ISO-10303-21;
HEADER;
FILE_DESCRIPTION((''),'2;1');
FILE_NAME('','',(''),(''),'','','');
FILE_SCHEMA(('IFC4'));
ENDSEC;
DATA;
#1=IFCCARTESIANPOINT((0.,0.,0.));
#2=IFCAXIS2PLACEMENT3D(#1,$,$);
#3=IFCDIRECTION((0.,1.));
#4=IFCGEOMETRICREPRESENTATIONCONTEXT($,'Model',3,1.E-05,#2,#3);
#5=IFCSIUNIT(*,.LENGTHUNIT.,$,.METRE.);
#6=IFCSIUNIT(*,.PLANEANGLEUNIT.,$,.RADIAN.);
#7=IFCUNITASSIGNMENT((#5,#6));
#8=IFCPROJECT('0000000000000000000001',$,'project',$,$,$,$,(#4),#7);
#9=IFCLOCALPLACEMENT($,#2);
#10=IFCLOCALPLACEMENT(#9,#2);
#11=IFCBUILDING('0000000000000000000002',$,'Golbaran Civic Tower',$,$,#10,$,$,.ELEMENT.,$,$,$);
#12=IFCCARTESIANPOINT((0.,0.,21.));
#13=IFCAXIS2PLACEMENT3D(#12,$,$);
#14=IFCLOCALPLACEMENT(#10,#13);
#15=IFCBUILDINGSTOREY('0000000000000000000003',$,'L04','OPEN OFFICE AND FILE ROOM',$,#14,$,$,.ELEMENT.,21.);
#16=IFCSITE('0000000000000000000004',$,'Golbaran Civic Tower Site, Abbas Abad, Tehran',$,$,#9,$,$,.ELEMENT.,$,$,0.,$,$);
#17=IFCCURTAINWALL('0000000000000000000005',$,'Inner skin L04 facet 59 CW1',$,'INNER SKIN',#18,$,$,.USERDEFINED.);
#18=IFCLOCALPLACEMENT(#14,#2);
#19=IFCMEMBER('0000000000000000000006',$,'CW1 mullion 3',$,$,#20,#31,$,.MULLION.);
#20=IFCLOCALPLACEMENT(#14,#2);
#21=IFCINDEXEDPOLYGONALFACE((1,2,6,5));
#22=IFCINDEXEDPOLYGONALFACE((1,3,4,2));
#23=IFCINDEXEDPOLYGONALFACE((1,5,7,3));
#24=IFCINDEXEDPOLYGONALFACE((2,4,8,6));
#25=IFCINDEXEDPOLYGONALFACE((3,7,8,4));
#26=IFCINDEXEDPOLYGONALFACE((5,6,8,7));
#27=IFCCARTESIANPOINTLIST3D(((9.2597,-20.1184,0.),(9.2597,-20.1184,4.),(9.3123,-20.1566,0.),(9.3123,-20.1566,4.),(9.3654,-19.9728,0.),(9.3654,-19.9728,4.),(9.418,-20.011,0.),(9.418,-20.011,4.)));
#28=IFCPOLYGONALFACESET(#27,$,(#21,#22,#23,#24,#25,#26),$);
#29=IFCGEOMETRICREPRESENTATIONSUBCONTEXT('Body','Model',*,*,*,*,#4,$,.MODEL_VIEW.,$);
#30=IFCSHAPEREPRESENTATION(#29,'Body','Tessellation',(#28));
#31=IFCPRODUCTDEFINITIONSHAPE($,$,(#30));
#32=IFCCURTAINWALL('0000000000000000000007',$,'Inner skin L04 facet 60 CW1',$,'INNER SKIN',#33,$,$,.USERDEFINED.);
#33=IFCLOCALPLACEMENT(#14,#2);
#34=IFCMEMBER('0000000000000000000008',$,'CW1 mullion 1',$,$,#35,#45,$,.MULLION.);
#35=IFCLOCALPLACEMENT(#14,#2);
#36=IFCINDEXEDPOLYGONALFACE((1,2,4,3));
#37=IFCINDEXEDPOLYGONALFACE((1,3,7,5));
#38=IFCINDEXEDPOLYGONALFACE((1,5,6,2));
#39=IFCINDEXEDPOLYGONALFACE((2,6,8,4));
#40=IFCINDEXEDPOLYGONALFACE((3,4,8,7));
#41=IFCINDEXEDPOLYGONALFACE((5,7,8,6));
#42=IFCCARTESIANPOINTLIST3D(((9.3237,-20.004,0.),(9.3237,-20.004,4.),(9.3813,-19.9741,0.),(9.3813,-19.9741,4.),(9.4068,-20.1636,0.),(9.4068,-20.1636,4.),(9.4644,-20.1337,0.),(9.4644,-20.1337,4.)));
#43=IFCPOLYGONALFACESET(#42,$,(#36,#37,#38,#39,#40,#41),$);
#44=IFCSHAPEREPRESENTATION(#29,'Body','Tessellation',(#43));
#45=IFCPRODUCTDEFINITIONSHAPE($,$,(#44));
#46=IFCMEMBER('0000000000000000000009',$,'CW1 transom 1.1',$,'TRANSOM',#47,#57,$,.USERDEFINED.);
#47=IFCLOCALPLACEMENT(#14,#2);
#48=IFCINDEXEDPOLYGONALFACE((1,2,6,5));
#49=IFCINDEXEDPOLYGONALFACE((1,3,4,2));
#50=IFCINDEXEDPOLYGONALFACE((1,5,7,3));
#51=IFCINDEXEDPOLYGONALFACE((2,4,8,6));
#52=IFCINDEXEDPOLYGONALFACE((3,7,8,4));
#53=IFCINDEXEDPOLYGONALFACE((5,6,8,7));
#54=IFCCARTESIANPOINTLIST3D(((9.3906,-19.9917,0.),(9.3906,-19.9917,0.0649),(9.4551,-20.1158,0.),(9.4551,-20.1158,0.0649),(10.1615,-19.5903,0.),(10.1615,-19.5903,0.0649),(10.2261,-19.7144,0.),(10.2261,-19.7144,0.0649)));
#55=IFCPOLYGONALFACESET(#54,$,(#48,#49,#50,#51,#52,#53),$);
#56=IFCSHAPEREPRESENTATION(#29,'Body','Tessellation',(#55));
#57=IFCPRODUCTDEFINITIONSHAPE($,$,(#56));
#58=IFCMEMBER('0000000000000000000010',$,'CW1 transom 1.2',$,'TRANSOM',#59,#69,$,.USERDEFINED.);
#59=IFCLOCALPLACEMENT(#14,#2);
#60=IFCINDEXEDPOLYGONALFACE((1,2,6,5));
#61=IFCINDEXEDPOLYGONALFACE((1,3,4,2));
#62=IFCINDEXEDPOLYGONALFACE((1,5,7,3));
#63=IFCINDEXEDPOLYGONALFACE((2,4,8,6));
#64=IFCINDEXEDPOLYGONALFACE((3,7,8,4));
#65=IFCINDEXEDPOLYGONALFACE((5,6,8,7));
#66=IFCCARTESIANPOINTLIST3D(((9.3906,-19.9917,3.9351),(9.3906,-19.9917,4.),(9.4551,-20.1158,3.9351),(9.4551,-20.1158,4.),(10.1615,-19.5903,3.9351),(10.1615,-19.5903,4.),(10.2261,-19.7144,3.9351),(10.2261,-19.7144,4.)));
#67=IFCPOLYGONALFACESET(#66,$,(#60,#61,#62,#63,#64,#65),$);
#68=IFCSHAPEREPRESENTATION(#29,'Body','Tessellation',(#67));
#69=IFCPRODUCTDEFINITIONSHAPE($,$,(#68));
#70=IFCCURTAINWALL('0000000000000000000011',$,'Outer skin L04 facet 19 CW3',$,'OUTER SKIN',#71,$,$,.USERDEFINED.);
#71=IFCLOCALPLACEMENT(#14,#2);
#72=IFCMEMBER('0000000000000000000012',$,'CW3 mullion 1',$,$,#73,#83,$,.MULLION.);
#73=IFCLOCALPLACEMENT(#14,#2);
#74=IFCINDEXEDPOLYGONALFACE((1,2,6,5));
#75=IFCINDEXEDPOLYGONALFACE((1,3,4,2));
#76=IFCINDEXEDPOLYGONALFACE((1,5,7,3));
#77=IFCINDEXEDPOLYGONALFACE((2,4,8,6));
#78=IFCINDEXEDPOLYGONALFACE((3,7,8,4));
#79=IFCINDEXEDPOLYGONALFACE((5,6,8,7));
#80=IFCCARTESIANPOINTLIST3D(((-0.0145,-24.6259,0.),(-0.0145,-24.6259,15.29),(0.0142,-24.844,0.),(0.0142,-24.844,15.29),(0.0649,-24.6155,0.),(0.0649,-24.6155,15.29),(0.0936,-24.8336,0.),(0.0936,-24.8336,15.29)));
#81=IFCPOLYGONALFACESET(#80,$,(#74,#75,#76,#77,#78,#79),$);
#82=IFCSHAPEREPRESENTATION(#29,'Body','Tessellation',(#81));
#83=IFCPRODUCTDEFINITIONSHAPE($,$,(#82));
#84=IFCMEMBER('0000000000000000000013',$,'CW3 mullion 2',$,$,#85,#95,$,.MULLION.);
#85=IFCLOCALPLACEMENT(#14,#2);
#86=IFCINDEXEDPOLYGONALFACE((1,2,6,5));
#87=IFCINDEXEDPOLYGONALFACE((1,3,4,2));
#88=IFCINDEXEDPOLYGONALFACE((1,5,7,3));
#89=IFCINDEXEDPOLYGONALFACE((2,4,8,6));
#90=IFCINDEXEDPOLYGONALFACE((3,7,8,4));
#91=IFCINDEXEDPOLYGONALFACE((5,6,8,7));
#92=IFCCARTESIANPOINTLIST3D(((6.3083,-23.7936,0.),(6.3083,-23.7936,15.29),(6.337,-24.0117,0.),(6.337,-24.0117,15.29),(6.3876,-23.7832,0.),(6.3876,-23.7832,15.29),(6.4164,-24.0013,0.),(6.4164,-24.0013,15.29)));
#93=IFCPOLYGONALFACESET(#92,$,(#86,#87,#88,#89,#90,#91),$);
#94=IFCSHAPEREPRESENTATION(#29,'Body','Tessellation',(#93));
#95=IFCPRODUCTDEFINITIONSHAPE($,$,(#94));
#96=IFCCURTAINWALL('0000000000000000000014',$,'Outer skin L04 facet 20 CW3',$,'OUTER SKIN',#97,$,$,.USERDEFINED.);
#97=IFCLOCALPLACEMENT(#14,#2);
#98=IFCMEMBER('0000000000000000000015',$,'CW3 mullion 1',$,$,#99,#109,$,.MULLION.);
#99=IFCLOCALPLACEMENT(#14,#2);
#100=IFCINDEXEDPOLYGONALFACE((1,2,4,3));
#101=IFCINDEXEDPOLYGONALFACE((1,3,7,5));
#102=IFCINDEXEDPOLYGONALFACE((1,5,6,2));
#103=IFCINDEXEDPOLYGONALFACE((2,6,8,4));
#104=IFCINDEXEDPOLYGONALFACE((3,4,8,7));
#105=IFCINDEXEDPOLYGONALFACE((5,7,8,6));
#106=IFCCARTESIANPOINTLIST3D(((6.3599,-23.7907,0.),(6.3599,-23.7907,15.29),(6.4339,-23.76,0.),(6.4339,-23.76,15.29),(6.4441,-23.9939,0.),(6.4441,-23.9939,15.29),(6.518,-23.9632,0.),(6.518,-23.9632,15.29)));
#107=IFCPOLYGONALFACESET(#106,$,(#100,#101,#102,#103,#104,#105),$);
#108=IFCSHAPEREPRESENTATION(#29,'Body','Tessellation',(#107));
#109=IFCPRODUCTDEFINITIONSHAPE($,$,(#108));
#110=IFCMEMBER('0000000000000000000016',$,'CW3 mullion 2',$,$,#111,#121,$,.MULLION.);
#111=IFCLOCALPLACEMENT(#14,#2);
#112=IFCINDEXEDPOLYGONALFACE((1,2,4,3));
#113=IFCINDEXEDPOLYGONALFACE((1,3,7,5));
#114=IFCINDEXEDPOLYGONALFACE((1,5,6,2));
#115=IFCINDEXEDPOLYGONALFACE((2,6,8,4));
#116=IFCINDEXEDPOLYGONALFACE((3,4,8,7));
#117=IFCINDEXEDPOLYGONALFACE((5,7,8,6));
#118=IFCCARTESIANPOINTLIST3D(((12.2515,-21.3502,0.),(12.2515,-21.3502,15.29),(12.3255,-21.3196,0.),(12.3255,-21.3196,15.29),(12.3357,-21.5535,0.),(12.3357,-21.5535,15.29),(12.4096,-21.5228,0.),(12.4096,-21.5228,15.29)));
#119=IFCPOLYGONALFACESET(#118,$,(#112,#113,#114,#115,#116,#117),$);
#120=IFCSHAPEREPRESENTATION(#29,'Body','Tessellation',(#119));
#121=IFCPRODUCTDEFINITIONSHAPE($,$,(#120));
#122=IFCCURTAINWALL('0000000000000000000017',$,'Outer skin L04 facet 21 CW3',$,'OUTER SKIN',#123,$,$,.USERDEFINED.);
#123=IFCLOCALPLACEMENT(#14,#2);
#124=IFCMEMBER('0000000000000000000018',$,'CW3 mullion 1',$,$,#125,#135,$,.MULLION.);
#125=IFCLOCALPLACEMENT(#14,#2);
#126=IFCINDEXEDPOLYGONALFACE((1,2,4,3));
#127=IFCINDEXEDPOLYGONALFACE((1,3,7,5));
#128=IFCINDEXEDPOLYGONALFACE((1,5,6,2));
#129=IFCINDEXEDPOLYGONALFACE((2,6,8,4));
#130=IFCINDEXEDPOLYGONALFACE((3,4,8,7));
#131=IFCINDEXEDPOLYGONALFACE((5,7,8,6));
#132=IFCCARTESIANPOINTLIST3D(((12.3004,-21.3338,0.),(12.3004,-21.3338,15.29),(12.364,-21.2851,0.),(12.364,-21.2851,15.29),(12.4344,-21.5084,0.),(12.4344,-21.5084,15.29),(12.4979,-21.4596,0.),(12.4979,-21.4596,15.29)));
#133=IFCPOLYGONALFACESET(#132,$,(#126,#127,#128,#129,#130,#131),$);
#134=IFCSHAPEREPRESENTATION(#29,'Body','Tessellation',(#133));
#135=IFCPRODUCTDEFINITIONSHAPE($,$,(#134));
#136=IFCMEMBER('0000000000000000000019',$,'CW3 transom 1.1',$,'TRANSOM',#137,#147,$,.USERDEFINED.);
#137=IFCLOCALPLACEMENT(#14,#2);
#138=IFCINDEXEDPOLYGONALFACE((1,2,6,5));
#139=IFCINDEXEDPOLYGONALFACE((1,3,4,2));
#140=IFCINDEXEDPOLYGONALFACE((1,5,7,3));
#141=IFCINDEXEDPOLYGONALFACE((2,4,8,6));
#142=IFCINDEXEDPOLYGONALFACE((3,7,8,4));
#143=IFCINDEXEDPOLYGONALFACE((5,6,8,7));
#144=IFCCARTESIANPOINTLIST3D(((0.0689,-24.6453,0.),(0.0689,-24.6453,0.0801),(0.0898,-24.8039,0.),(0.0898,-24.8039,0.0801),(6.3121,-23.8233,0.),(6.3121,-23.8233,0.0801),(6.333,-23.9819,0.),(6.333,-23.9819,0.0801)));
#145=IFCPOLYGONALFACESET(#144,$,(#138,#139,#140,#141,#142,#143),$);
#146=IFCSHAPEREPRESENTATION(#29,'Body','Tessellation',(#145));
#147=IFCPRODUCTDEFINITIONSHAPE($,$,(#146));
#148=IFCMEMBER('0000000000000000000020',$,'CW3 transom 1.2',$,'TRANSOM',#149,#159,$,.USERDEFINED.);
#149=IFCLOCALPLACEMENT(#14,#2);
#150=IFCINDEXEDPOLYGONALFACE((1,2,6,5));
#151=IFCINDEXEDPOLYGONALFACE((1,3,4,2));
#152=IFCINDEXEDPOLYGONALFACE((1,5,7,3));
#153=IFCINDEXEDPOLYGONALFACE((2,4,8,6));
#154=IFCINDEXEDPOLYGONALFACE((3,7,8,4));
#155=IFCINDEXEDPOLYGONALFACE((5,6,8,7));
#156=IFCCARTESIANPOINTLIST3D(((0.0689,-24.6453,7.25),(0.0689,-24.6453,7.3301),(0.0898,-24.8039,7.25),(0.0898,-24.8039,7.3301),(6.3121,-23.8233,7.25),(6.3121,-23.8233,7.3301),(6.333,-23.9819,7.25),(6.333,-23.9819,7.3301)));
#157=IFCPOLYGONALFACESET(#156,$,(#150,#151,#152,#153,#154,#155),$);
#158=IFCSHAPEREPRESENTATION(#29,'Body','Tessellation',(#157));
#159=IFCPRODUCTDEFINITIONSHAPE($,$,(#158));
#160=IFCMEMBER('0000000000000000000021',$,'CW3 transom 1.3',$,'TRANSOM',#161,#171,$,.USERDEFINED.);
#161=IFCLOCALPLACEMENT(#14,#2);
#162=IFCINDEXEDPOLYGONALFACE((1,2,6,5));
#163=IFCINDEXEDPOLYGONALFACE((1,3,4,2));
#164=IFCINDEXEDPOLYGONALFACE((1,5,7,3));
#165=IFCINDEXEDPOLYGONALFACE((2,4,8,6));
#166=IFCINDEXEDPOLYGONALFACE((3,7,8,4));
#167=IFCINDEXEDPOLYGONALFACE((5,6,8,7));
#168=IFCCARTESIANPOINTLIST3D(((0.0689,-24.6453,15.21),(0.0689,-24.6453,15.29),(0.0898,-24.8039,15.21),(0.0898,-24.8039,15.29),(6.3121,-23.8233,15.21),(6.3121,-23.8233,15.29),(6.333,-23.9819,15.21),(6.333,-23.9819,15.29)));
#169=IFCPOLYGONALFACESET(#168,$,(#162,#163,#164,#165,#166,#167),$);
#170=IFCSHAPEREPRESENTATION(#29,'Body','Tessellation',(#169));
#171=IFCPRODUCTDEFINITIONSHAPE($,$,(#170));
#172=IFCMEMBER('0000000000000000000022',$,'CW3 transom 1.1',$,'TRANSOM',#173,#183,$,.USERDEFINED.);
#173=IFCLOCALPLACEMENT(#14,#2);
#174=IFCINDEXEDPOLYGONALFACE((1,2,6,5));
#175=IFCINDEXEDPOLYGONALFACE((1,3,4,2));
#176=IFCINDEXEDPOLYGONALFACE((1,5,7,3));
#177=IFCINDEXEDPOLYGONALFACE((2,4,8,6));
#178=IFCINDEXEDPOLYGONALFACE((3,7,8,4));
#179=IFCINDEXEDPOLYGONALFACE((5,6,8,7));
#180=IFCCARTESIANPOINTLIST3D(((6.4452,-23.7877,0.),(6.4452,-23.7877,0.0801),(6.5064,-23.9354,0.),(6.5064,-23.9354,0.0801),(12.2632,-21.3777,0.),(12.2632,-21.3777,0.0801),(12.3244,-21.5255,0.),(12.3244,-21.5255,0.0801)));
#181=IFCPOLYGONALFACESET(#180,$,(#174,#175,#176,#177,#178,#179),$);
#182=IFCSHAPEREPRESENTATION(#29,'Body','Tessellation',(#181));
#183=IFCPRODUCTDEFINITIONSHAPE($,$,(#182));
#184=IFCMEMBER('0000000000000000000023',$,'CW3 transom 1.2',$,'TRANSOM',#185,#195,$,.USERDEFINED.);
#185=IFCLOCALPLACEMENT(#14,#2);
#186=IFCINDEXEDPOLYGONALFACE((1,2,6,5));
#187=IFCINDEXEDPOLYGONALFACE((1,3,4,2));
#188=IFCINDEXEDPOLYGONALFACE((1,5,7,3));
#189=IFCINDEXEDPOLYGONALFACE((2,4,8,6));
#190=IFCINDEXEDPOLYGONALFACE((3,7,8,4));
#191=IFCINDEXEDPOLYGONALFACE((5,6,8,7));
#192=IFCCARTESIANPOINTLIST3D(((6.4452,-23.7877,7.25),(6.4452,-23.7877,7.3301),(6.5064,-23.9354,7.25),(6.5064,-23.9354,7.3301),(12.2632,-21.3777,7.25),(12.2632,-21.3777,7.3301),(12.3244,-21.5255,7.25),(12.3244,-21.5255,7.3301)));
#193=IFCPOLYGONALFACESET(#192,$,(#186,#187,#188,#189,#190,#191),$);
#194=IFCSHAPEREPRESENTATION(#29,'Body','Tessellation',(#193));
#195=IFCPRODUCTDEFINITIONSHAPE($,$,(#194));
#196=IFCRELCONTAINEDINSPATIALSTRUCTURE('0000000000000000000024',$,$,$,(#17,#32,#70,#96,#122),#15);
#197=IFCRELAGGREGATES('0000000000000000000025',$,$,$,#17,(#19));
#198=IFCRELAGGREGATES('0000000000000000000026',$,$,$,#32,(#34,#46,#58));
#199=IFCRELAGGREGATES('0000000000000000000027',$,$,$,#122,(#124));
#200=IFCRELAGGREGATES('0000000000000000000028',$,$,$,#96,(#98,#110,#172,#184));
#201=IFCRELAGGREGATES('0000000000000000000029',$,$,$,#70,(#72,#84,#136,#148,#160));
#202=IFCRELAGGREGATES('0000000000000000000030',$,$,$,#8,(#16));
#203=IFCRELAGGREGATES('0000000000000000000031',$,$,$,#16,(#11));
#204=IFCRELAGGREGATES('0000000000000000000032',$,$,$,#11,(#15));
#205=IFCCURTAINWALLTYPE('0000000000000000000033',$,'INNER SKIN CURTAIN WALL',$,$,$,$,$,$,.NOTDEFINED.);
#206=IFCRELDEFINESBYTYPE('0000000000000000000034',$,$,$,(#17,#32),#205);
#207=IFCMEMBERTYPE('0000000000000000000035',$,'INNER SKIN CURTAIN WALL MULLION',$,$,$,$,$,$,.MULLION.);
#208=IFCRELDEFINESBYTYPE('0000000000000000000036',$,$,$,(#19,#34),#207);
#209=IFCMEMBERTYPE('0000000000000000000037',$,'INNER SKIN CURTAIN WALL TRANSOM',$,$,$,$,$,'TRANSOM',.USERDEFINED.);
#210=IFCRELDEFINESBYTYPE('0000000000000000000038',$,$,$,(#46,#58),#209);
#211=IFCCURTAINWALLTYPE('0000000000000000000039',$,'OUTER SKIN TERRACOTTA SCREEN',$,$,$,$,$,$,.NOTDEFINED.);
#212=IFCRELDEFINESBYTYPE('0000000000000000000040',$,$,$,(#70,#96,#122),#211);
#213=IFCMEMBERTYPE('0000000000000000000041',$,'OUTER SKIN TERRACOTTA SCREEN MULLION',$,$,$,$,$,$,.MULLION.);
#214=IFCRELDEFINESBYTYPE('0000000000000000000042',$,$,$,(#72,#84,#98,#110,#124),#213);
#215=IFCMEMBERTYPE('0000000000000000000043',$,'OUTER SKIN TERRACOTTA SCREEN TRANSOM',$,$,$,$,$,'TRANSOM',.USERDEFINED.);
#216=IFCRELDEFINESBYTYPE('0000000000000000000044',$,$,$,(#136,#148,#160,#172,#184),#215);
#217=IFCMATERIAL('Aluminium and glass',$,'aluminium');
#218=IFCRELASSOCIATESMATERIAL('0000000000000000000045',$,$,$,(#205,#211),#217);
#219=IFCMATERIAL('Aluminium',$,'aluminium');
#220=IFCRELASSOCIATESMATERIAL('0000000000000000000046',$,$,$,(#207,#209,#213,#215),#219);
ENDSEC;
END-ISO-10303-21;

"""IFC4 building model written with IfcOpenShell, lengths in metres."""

from ifc_helpers import new_model, si_unit, direction, frame, origin, origin_2d, place, context, subcontext, project, spatial, rectangle, extrude, material, material_profile, profile_set, type_object, element, aggregate, save


model = new_model("IFC4")

# Units and contexts
model_context = context("Model", 3, precision=1e-05, world=origin(), true_north=direction((0.0, 1.0)))
body_context = subcontext(model_context, "Body", "Model", "MODEL_VIEW")
ifc_project = project(units=[si_unit("LENGTHUNIT", "METRE"), si_unit("PLANEANGLEUNIT", "RADIAN")], contexts=[model_context])

# Site, building, storey
site_placement = place(None, origin())
site = spatial("IfcSite", under=ifc_project, at=site_placement, Name="Golbaran Civic Tower Site, Abbas Abad, Tehran", CompositionType="ELEMENT", RefElevation=0.0)
building_placement = place(site_placement, origin())
building = spatial("IfcBuilding", under=site, at=building_placement, Name="Golbaran Civic Tower", CompositionType="ELEMENT")
storey_placement = place(building_placement, frame((0.0, 0.0, 21.0)))
storey = spatial("IfcBuildingStorey", under=building, at=storey_placement, Name="L04", Description="OPEN OFFICE AND FILE ROOM", CompositionType="ELEMENT", Elevation=21.0)

# Curtain wall, member
ifc_material_1 = material(Name="Aluminium and glass", Category="aluminium")
curtain_wall_type_1 = type_object("IfcCurtainWallType", Name="INNER SKIN CURTAIN WALL", PredefinedType="NOTDEFINED", material=ifc_material_1)
curtain_wall_1_placement = place(storey_placement, origin())
curtain_wall_1 = element("IfcCurtainWall", 1, at=curtain_wall_1_placement, inside=storey, type_object=curtain_wall_type_1, Name="Inner skin L04 facet 59 CW1", ObjectType="INNER SKIN", PredefinedType="USERDEFINED")
ifc_material_2 = material(Name="Aluminium", Category="aluminium")
ifc_material_profile_1 = material_profile(ifc_material_2, rectangle(XDim=0.1799, YDim=0.0649, at=origin_2d()), Name="INNER SKIN CURTAIN WALL MULLION")
ifc_profile_set_1 = profile_set([ifc_material_profile_1], Name="Aluminium")
member_type_1 = type_object("IfcMemberType", Name="INNER SKIN CURTAIN WALL MULLION", PredefinedType="MULLION", material=ifc_profile_set_1)
member_1_placement = place(storey_placement, frame((9.3389, -20.0647, 0.0), z_axis=(0.0, 0.0, 1.0), x_axis=(0.587431, 0.809274, 0.0)))
member_1 = element("IfcMember", 2, at=member_1_placement, type_object=member_type_1, Name="CW1 mullion 3", PredefinedType="MULLION", context=body_context, shape_type="SweptSolid", body=[
    extrude(rectangle(XDim=0.1799, YDim=0.0649, at=origin_2d()), origin(), (0.0, 0.0, 1.0), 4.0),
])
aggregate(curtain_wall_1, [member_1])

# Curtain walls, members
curtain_wall_2_placement = place(storey_placement, origin())
curtain_wall_2 = element("IfcCurtainWall", 3, at=curtain_wall_2_placement, inside=storey, type_object=curtain_wall_type_1, Name="Inner skin L04 facet 60 CW1", ObjectType="INNER SKIN", PredefinedType="USERDEFINED")
member_2_placement = place(storey_placement, frame((9.394, -20.0688, 0.0), z_axis=(0.0, 0.0, 1.0), x_axis=(-0.461749, 0.887011, 0.0)))
member_2 = element("IfcMember", 4, at=member_2_placement, type_object=member_type_1, Name="CW1 mullion 1", PredefinedType="MULLION", context=body_context, shape_type="SweptSolid", body=[
    extrude(rectangle(XDim=0.1799, YDim=0.0649, at=origin_2d()), origin(), (0.0, 0.0, 1.0), 4.0),
])
ifc_material_profile_2 = material_profile(ifc_material_2, rectangle(XDim=0.1399, YDim=0.0649, at=origin_2d()), Name="INNER SKIN CURTAIN WALL TRANSOM")
ifc_profile_set_2 = profile_set([ifc_material_profile_2], Name="Aluminium")
member_type_2 = type_object("IfcMemberType", Name="INNER SKIN CURTAIN WALL TRANSOM", ElementType="TRANSOM", PredefinedType="USERDEFINED", material=ifc_profile_set_2)
member_3_placement = place(storey_placement, frame((9.4229, -20.0537, 0.0325), z_axis=(0.887005, 0.461759, 0.0), x_axis=(-0.461759, 0.887005, 0.0)))
member_3 = element("IfcMember", 5, at=member_3_placement, type_object=member_type_2, Name="CW1 transom 1.1", ObjectType="TRANSOM", PredefinedType="USERDEFINED", context=body_context, shape_type="SweptSolid", body=[
    extrude(rectangle(XDim=0.1399, YDim=0.0649, at=origin_2d()), origin(), (0.0, 0.0, 1.0), 0.8691),
])
member_4_placement = place(storey_placement, frame((9.4229, -20.0537, 3.9675), z_axis=(0.887005, 0.461759, 0.0), x_axis=(-0.461759, 0.887005, 0.0)))
member_4 = element("IfcMember", 6, at=member_4_placement, type_object=member_type_2, Name="CW1 transom 1.2", ObjectType="TRANSOM", PredefinedType="USERDEFINED", context=body_context, shape_type="SweptSolid", body=[
    extrude(rectangle(XDim=0.1399, YDim=0.0649, at=origin_2d()), origin(), (0.0, 0.0, 1.0), 0.8691),
])
aggregate(curtain_wall_2, [member_2, member_3, member_4])
curtain_wall_type_2 = type_object("IfcCurtainWallType", Name="OUTER SKIN TERRACOTTA SCREEN", PredefinedType="NOTDEFINED", material=ifc_material_1)
curtain_wall_3_placement = place(storey_placement, origin())
curtain_wall_3 = element("IfcCurtainWall", 7, at=curtain_wall_3_placement, inside=storey, type_object=curtain_wall_type_2, Name="Outer skin L04 facet 19 CW3", ObjectType="OUTER SKIN", PredefinedType="USERDEFINED")
ifc_material_profile_3 = material_profile(ifc_material_2, rectangle(XDim=0.22, YDim=0.0801, at=origin_2d()), Name="OUTER SKIN TERRACOTTA SCREEN MULLION")
ifc_profile_set_3 = profile_set([ifc_material_profile_3], Name="Aluminium")
member_type_3 = type_object("IfcMemberType", Name="OUTER SKIN TERRACOTTA SCREEN MULLION", PredefinedType="MULLION", material=ifc_profile_set_3)
member_5_placement = place(storey_placement, frame((0.0396, -24.7297, 0.0), z_axis=(0.0, 0.0, 1.0), x_axis=(-0.130526, 0.991445, 0.0)))
member_5 = element("IfcMember", 8, at=member_5_placement, type_object=member_type_3, Name="CW3 mullion 1", PredefinedType="MULLION", context=body_context, shape_type="SweptSolid", body=[
    extrude(rectangle(XDim=0.22, YDim=0.0801, at=origin_2d()), origin(), (0.0, 0.0, 1.0), 15.29),
])
member_6_placement = place(storey_placement, frame((6.3623, -23.8975, 0.0), z_axis=(0.0, 0.0, 1.0), x_axis=(-0.130526, 0.991445, 0.0)))
member_6 = element("IfcMember", 9, at=member_6_placement, type_object=member_type_3, Name="CW3 mullion 2", PredefinedType="MULLION", context=body_context, shape_type="SweptSolid", body=[
    extrude(rectangle(XDim=0.22, YDim=0.0801, at=origin_2d()), origin(), (0.0, 0.0, 1.0), 15.29),
])
curtain_wall_4_placement = place(storey_placement, origin())
curtain_wall_4 = element("IfcCurtainWall", 10, at=curtain_wall_4_placement, inside=storey, type_object=curtain_wall_type_2, Name="Outer skin L04 facet 20 CW3", ObjectType="OUTER SKIN", PredefinedType="USERDEFINED")
member_7_placement = place(storey_placement, frame((6.439, -23.877, 0.0), z_axis=(0.0, 0.0, 1.0), x_axis=(-0.382683, 0.92388, 0.0)))
member_7 = element("IfcMember", 11, at=member_7_placement, type_object=member_type_3, Name="CW3 mullion 1", PredefinedType="MULLION", context=body_context, shape_type="SweptSolid", body=[
    extrude(rectangle(XDim=0.22, YDim=0.0801, at=origin_2d()), origin(), (0.0, 0.0, 1.0), 15.29),
])
member_8_placement = place(storey_placement, frame((12.3306, -21.4365, 0.0), z_axis=(0.0, 0.0, 1.0), x_axis=(-0.382683, 0.92388, 0.0)))
member_8 = element("IfcMember", 12, at=member_8_placement, type_object=member_type_3, Name="CW3 mullion 2", PredefinedType="MULLION", context=body_context, shape_type="SweptSolid", body=[
    extrude(rectangle(XDim=0.22, YDim=0.0801, at=origin_2d()), origin(), (0.0, 0.0, 1.0), 15.29),
])

# Curtain wall, member
curtain_wall_5_placement = place(storey_placement, origin())
curtain_wall_5 = element("IfcCurtainWall", 13, at=curtain_wall_5_placement, inside=storey, type_object=curtain_wall_type_2, Name="Outer skin L04 facet 21 CW3", ObjectType="OUTER SKIN", PredefinedType="USERDEFINED")
member_9_placement = place(storey_placement, frame((12.3992, -21.3967, 0.0), z_axis=(0.0, 0.0, 1.0), x_axis=(-0.608761, 0.793353, 0.0)))
member_9 = element("IfcMember", 14, at=member_9_placement, type_object=member_type_3, Name="CW3 mullion 1", PredefinedType="MULLION", context=body_context, shape_type="SweptSolid", body=[
    extrude(rectangle(XDim=0.22, YDim=0.0801, at=origin_2d()), origin(), (0.0, 0.0, 1.0), 15.29),
])

# Members
ifc_material_profile_4 = material_profile(ifc_material_2, rectangle(XDim=0.1599, YDim=0.0801, at=origin_2d()), Name="OUTER SKIN TERRACOTTA SCREEN TRANSOM")
ifc_profile_set_4 = profile_set([ifc_material_profile_4], Name="Aluminium")
member_type_4 = type_object("IfcMemberType", Name="OUTER SKIN TERRACOTTA SCREEN TRANSOM", ElementType="TRANSOM", PredefinedType="USERDEFINED", material=ifc_profile_set_4)
member_10_placement = place(storey_placement, frame((0.0793, -24.7246, 0.04), z_axis=(0.991443, 0.130541, 0.0), x_axis=(-0.130541, 0.991443, 0.0)))
member_10 = element("IfcMember", 15, at=member_10_placement, type_object=member_type_4, Name="CW3 transom 1.1", ObjectType="TRANSOM", PredefinedType="USERDEFINED", context=body_context, shape_type="SweptSolid", body=[
    extrude(rectangle(XDim=0.1599, YDim=0.0801, at=origin_2d()), origin(), (0.0, 0.0, 1.0), 6.2971),
])
member_11_placement = place(storey_placement, frame((0.0793, -24.7246, 7.29), z_axis=(0.991443, 0.130541, 0.0), x_axis=(-0.130541, 0.991443, 0.0)))
member_11 = element("IfcMember", 16, at=member_11_placement, type_object=member_type_4, Name="CW3 transom 1.2", ObjectType="TRANSOM", PredefinedType="USERDEFINED", context=body_context, shape_type="SweptSolid", body=[
    extrude(rectangle(XDim=0.1599, YDim=0.0801, at=origin_2d()), origin(), (0.0, 0.0, 1.0), 6.2971),
])
member_12_placement = place(storey_placement, frame((0.0793, -24.7246, 15.25), z_axis=(0.991443, 0.130541, 0.0), x_axis=(-0.130541, 0.991443, 0.0)))
member_12 = element("IfcMember", 17, at=member_12_placement, type_object=member_type_4, Name="CW3 transom 1.3", ObjectType="TRANSOM", PredefinedType="USERDEFINED", context=body_context, shape_type="SweptSolid", body=[
    extrude(rectangle(XDim=0.1599, YDim=0.0801, at=origin_2d()), origin(), (0.0, 0.0, 1.0), 6.2971),
])
member_13_placement = place(storey_placement, frame((6.4758, -23.8616, 0.04), z_axis=(0.923876, 0.382693, 0.0), x_axis=(-0.382693, 0.923876, 0.0)))
member_13 = element("IfcMember", 18, at=member_13_placement, type_object=member_type_4, Name="CW3 transom 1.1", ObjectType="TRANSOM", PredefinedType="USERDEFINED", context=body_context, shape_type="SweptSolid", body=[
    extrude(rectangle(XDim=0.1599, YDim=0.0801, at=origin_2d()), origin(), (0.0, 0.0, 1.0), 6.2974),
])
member_14_placement = place(storey_placement, frame((6.4758, -23.8616, 7.29), z_axis=(0.923876, 0.382693, 0.0), x_axis=(-0.382693, 0.923876, 0.0)))
member_14 = element("IfcMember", 19, at=member_14_placement, type_object=member_type_4, Name="CW3 transom 1.2", ObjectType="TRANSOM", PredefinedType="USERDEFINED", context=body_context, shape_type="SweptSolid", body=[
    extrude(rectangle(XDim=0.1599, YDim=0.0801, at=origin_2d()), origin(), (0.0, 0.0, 1.0), 6.2974),
])
aggregate(curtain_wall_5, [member_9])

aggregate(curtain_wall_4, [member_7, member_8, member_13, member_14])
aggregate(curtain_wall_3, [member_5, member_6, member_10, member_11, member_12])

save(model, "model.ifc")
